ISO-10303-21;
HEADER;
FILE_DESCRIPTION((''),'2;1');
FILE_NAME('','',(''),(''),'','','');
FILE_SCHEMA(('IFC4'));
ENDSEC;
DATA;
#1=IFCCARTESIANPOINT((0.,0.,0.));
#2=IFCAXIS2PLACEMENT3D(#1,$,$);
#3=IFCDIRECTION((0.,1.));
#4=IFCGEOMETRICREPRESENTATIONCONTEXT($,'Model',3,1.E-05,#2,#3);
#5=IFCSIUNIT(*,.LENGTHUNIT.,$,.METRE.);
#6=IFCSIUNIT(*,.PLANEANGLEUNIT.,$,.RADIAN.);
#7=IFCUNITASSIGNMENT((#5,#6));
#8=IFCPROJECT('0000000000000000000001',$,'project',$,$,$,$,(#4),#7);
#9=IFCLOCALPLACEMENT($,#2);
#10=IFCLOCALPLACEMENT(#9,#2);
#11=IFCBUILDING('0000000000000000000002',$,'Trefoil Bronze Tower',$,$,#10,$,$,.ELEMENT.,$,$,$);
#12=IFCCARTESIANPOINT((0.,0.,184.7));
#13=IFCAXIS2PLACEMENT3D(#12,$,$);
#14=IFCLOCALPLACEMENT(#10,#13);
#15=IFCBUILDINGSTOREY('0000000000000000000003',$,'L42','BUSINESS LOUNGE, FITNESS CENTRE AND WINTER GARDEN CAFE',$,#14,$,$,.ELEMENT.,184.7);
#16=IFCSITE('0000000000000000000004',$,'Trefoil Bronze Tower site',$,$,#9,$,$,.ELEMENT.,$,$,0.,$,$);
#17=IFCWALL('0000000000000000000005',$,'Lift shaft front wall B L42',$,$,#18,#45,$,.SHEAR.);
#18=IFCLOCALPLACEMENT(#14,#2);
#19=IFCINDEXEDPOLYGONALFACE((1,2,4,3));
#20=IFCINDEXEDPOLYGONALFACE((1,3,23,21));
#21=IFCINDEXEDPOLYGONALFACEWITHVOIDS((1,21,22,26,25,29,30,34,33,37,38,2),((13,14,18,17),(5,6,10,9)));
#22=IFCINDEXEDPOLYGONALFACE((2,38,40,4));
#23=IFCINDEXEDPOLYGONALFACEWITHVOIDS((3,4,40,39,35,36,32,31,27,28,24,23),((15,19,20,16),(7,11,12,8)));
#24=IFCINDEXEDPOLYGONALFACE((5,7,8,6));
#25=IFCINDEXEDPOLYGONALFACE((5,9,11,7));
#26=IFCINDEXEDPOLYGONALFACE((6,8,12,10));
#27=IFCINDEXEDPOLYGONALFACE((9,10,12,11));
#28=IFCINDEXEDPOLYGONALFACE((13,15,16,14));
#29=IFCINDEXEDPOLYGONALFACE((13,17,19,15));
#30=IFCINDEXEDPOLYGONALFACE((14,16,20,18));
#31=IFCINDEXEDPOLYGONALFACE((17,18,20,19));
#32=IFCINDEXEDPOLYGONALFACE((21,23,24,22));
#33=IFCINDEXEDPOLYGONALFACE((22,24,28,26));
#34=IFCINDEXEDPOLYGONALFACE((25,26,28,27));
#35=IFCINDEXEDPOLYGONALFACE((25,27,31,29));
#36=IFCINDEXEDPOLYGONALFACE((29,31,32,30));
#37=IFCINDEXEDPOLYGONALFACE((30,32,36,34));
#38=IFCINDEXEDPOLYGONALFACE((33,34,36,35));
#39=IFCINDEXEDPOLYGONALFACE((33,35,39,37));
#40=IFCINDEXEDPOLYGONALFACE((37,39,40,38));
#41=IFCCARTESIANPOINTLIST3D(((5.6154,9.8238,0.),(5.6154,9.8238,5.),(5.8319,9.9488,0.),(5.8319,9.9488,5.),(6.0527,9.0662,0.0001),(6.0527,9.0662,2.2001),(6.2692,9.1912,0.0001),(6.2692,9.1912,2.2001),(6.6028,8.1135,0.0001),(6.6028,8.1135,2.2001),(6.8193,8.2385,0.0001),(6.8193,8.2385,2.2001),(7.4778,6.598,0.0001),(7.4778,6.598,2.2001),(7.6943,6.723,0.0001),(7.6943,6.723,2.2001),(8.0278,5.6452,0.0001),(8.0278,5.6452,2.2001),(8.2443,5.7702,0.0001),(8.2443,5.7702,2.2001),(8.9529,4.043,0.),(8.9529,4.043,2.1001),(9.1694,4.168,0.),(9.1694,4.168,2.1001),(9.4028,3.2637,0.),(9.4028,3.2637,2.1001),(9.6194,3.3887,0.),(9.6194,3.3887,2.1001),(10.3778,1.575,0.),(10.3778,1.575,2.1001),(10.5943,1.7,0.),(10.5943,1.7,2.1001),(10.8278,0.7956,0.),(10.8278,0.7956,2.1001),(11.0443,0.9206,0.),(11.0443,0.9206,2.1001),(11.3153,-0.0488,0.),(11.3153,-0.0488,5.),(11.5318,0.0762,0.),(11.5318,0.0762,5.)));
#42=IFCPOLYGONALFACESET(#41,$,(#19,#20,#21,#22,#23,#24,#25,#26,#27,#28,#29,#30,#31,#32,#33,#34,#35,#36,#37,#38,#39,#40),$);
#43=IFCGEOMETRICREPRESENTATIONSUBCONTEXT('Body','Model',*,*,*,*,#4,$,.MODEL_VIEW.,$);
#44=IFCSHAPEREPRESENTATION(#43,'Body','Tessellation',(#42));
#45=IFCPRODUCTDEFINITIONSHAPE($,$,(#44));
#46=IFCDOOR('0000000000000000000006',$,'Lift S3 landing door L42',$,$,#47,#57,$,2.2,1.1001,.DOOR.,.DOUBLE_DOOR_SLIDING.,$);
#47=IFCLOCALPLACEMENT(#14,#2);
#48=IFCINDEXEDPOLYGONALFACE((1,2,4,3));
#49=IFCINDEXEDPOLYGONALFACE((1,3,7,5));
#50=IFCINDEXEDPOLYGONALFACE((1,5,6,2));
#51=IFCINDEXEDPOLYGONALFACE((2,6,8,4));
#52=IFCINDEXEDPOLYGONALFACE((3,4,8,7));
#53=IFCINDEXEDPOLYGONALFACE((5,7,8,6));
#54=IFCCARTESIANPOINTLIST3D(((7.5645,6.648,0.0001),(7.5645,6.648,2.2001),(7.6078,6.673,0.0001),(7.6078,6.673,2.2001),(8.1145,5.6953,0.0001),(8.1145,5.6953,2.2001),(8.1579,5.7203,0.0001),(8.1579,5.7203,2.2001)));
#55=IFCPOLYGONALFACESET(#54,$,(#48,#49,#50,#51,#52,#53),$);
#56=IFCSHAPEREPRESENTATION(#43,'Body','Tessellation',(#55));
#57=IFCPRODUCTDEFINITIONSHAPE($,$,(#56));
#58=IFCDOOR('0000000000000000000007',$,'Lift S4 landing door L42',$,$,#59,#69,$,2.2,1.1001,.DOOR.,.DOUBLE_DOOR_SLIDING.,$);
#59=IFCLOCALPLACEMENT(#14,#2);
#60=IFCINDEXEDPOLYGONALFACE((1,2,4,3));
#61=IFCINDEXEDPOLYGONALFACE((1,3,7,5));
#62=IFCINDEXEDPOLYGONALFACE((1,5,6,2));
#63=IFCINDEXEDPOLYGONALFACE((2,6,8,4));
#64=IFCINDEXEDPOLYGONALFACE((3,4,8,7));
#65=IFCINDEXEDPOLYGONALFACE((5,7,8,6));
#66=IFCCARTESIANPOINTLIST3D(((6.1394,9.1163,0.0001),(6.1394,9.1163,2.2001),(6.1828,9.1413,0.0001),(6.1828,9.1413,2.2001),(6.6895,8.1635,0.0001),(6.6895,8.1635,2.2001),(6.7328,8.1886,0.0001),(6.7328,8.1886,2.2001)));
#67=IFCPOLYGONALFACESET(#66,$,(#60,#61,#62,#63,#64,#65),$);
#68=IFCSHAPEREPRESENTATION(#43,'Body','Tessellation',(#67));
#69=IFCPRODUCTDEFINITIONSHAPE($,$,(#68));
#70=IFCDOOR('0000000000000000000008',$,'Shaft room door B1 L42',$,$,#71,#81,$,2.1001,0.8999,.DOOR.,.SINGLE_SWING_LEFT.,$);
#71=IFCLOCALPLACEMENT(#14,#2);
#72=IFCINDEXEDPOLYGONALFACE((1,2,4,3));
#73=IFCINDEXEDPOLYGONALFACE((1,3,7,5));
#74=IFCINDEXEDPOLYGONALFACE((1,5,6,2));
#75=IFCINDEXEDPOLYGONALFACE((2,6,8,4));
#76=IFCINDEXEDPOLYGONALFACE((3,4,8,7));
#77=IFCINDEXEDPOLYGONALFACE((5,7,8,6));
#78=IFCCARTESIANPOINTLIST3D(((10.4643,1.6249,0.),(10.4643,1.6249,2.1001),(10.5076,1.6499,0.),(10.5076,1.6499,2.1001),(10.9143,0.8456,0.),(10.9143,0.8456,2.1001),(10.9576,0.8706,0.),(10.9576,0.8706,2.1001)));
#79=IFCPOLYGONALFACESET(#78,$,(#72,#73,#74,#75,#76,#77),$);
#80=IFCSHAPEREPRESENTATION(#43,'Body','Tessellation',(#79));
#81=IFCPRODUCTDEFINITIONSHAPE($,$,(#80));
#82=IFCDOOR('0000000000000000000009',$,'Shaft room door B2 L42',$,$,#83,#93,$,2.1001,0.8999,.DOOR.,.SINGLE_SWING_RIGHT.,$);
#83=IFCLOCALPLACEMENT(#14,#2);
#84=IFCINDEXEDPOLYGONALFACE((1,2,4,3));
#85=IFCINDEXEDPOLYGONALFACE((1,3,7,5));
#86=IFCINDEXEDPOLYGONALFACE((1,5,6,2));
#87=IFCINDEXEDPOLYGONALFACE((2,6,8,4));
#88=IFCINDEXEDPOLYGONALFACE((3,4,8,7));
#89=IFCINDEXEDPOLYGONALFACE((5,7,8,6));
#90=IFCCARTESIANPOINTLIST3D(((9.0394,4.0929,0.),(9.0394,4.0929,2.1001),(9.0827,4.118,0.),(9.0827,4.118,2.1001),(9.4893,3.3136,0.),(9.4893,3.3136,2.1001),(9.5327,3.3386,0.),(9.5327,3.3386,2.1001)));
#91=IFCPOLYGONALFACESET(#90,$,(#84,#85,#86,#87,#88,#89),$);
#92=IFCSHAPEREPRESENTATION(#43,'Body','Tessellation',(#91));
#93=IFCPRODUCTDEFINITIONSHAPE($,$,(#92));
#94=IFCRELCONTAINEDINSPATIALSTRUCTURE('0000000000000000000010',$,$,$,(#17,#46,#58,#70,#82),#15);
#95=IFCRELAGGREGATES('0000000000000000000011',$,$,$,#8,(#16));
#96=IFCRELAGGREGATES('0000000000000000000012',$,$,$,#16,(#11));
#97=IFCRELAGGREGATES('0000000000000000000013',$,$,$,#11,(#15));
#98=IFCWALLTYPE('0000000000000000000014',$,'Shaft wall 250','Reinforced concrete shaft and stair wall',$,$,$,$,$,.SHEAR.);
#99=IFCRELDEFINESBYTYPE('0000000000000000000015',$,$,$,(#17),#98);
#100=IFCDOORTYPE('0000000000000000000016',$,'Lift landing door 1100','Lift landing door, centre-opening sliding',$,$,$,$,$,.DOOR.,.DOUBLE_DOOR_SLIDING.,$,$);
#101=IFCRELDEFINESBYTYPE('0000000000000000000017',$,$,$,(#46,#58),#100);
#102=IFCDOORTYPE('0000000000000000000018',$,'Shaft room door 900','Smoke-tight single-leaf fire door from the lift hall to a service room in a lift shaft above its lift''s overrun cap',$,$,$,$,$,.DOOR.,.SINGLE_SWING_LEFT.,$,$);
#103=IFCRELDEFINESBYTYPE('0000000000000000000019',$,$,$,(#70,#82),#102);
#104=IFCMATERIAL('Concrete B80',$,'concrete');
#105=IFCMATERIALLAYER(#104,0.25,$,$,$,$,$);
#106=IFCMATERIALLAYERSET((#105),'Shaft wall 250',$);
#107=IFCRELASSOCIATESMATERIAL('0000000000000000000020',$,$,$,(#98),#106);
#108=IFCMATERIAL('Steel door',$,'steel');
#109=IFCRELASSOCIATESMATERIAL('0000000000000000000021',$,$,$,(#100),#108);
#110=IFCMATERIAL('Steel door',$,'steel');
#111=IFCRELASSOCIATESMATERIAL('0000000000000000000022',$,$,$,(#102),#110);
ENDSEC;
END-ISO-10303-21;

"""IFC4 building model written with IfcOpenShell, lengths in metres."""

from ifc_helpers import new_model, si_unit, direction, frame, frame_2d, origin, place, context, subcontext, project, spatial, rectangle, extrude, material, layer, layer_set, type_object, element, fill, save


model = new_model("IFC4")

# Units and contexts
model_context = context("Model", 3, precision=1e-05, world=origin(), true_north=direction((0.0, 1.0)))
body_context = subcontext(model_context, "Body", "Model", "MODEL_VIEW")
ifc_project = project(units=[si_unit("LENGTHUNIT", "METRE"), si_unit("PLANEANGLEUNIT", "RADIAN")], contexts=[model_context])

# Site, building, storey
site_placement = place(None, origin())
site = spatial("IfcSite", under=ifc_project, at=site_placement, Name="Trefoil Bronze Tower site", CompositionType="ELEMENT", RefElevation=0.0)
building_placement = place(site_placement, origin())
building = spatial("IfcBuilding", under=site, at=building_placement, Name="Trefoil Bronze Tower", CompositionType="ELEMENT")
storey_placement = place(building_placement, frame((0.0, 0.0, 184.7)))
storey = spatial("IfcBuildingStorey", under=building, at=storey_placement, Name="L42", Description="BUSINESS LOUNGE, FITNESS CENTRE AND WINTER GARDEN CAFE", CompositionType="ELEMENT", Elevation=184.7)

# Wall, openings, doors
ifc_material_1 = material(Name="Concrete B80", Category="concrete")
ifc_layer_1 = layer(ifc_material_1, 0.25)
ifc_layer_set_1 = layer_set([ifc_layer_1], Name="Shaft wall 250")
wall_type_1 = type_object("IfcWallType", Name="Shaft wall 250", Description="Reinforced concrete shaft and stair wall", PredefinedType="SHEAR", material=ifc_layer_set_1)
wall_1_placement = place(storey_placement, frame((11.4236, 0.0137, 0.0), z_axis=(0.0, 0.0, 1.0), x_axis=(-0.500002, 0.866024, 0.0)))
wall_1 = element("IfcWall", 1, at=wall_1_placement, inside=storey, type_object=wall_type_1, Name="Lift shaft front wall B L42", PredefinedType="SHEAR", context=body_context, shape_type="SweptSolid", body=[
    extrude(rectangle(XDim=11.3999, YDim=0.25, at=frame_2d((5.7, 0.0))), origin(), (0.0, 0.0, 1.0), 5.0),
])
opening_1_placement = place(wall_1_placement, frame((0.9751, 0.0, 0.0)))
opening_1 = element("IfcOpeningElement", 2, at=opening_1_placement, cuts=wall_1, PredefinedType="OPENING", context=body_context, shape_type="SweptSolid", body=[
    extrude(rectangle(XDim=0.8999, YDim=2.1001, at=frame_2d((0.45, 1.05))), frame((0.0, 0.135, 0.0), z_axis=(0.0, -1.0, 0.0), x_axis=(1.0, 0.0, 0.0)), (0.0, 0.0, 1.0), 0.27),
])
opening_2_placement = place(wall_1_placement, frame((3.825, 0.0, 0.0)))
opening_2 = element("IfcOpeningElement", 3, at=opening_2_placement, cuts=wall_1, PredefinedType="OPENING", context=body_context, shape_type="SweptSolid", body=[
    extrude(rectangle(XDim=0.8999, YDim=2.1001, at=frame_2d((0.45, 1.05))), frame((0.0, 0.135, 0.0), z_axis=(0.0, -1.0, 0.0), x_axis=(1.0, 0.0, 0.0)), (0.0, 0.0, 1.0), 0.27),
])
opening_3_placement = place(wall_1_placement, frame((6.575, 0.0, 0.0)))
opening_3 = element("IfcOpeningElement", 4, at=opening_3_placement, cuts=wall_1, PredefinedType="OPENING", context=body_context, shape_type="SweptSolid", body=[
    extrude(rectangle(XDim=1.1001, YDim=2.2, at=frame_2d((0.55, 1.1001))), frame((0.0, 0.135, 0.0), z_axis=(0.0, -1.0, 0.0), x_axis=(1.0, 0.0, 0.0)), (0.0, 0.0, 1.0), 0.27),
])
opening_4_placement = place(wall_1_placement, frame((9.425, 0.0, 0.0)))
opening_4 = element("IfcOpeningElement", 5, at=opening_4_placement, cuts=wall_1, PredefinedType="OPENING", context=body_context, shape_type="SweptSolid", body=[
    extrude(rectangle(XDim=1.1001, YDim=2.2, at=frame_2d((0.55, 1.1001))), frame((0.0, 0.135, 0.0), z_axis=(0.0, -1.0, 0.0), x_axis=(1.0, 0.0, 0.0)), (0.0, 0.0, 1.0), 0.27),
])
ifc_material_2 = material(Name="Steel door", Category="steel")
door_type_1 = type_object("IfcDoorType", Name="Lift landing door 1100", Description="Lift landing door, centre-opening sliding", OperationType="DOUBLE_DOOR_SLIDING", PredefinedType="DOOR", material=ifc_material_2)
door_1_placement = place(opening_3_placement, origin())
door_1 = element("IfcDoor", 6, at=door_1_placement, inside=storey, type_object=door_type_1, Name="Lift S3 landing door L42", OperationType="DOUBLE_DOOR_SLIDING", OverallHeight=2.2, OverallWidth=1.1001, PredefinedType="DOOR", context=body_context, shape_type="SweptSolid", body=[
    extrude(rectangle(XDim=1.1001, YDim=2.2, at=frame_2d((0.55, 1.1001))), frame((0.0, 0.0249, 0.0), z_axis=(0.0, -1.0, 0.0), x_axis=(1.0, 0.0, 0.0)), (0.0, 0.0, 1.0), 0.05),
])
fill(opening_3, door_1)
door_2_placement = place(opening_4_placement, origin())
door_2 = element("IfcDoor", 7, at=door_2_placement, inside=storey, type_object=door_type_1, Name="Lift S4 landing door L42", OperationType="DOUBLE_DOOR_SLIDING", OverallHeight=2.2, OverallWidth=1.1001, PredefinedType="DOOR", context=body_context, shape_type="SweptSolid", body=[
    extrude(rectangle(XDim=1.1001, YDim=2.2, at=frame_2d((0.55, 1.1001))), frame((0.0, 0.0249, 0.0), z_axis=(0.0, -1.0, 0.0), x_axis=(1.0, 0.0, 0.0)), (0.0, 0.0, 1.0), 0.05),
])
fill(opening_4, door_2)
ifc_material_3 = material(Name="Steel door", Category="steel")
door_type_2 = type_object("IfcDoorType", Name="Shaft room door 900", Description="Smoke-tight single-leaf fire door from the lift hall to a service room in a lift shaft above its lift's overrun cap", OperationType="SINGLE_SWING_LEFT", PredefinedType="DOOR", material=ifc_material_3)
door_3_placement = place(opening_1_placement, frame((0.8999, 0.0, 0.0), z_axis=(0.0, 0.0, 1.0), x_axis=(-1.0, 0.0, 0.0)))
door_3 = element("IfcDoor", 8, at=door_3_placement, inside=storey, type_object=door_type_2, Name="Shaft room door B1 L42", OperationType="SINGLE_SWING_LEFT", OverallHeight=2.1001, OverallWidth=0.8999, PredefinedType="DOOR", context=body_context, shape_type="SweptSolid", body=[
    extrude(rectangle(XDim=0.8999, YDim=2.1001, at=frame_2d((0.45, 1.05))), frame((0.0, 0.0249, 0.0), z_axis=(0.0, -1.0, 0.0), x_axis=(1.0, 0.0, 0.0)), (0.0, 0.0, 1.0), 0.05),
])
fill(opening_1, door_3)
door_4_placement = place(opening_2_placement, frame((0.8999, 0.0, 0.0), z_axis=(0.0, 0.0, 1.0), x_axis=(-1.0, 0.0, 0.0)))
door_4 = element("IfcDoor", 9, at=door_4_placement, inside=storey, type_object=door_type_2, Name="Shaft room door B2 L42", OperationType="SINGLE_SWING_RIGHT", OverallHeight=2.1001, OverallWidth=0.8999, PredefinedType="DOOR", context=body_context, shape_type="SweptSolid", body=[
    extrude(rectangle(XDim=0.8999, YDim=2.1001, at=frame_2d((0.45, 1.05))), frame((0.0, 0.0249, 0.0), z_axis=(0.0, -1.0, 0.0), x_axis=(1.0, 0.0, 0.0)), (0.0, 0.0, 1.0), 0.05),
])
fill(opening_2, door_4)

save(model, "model.ifc")
